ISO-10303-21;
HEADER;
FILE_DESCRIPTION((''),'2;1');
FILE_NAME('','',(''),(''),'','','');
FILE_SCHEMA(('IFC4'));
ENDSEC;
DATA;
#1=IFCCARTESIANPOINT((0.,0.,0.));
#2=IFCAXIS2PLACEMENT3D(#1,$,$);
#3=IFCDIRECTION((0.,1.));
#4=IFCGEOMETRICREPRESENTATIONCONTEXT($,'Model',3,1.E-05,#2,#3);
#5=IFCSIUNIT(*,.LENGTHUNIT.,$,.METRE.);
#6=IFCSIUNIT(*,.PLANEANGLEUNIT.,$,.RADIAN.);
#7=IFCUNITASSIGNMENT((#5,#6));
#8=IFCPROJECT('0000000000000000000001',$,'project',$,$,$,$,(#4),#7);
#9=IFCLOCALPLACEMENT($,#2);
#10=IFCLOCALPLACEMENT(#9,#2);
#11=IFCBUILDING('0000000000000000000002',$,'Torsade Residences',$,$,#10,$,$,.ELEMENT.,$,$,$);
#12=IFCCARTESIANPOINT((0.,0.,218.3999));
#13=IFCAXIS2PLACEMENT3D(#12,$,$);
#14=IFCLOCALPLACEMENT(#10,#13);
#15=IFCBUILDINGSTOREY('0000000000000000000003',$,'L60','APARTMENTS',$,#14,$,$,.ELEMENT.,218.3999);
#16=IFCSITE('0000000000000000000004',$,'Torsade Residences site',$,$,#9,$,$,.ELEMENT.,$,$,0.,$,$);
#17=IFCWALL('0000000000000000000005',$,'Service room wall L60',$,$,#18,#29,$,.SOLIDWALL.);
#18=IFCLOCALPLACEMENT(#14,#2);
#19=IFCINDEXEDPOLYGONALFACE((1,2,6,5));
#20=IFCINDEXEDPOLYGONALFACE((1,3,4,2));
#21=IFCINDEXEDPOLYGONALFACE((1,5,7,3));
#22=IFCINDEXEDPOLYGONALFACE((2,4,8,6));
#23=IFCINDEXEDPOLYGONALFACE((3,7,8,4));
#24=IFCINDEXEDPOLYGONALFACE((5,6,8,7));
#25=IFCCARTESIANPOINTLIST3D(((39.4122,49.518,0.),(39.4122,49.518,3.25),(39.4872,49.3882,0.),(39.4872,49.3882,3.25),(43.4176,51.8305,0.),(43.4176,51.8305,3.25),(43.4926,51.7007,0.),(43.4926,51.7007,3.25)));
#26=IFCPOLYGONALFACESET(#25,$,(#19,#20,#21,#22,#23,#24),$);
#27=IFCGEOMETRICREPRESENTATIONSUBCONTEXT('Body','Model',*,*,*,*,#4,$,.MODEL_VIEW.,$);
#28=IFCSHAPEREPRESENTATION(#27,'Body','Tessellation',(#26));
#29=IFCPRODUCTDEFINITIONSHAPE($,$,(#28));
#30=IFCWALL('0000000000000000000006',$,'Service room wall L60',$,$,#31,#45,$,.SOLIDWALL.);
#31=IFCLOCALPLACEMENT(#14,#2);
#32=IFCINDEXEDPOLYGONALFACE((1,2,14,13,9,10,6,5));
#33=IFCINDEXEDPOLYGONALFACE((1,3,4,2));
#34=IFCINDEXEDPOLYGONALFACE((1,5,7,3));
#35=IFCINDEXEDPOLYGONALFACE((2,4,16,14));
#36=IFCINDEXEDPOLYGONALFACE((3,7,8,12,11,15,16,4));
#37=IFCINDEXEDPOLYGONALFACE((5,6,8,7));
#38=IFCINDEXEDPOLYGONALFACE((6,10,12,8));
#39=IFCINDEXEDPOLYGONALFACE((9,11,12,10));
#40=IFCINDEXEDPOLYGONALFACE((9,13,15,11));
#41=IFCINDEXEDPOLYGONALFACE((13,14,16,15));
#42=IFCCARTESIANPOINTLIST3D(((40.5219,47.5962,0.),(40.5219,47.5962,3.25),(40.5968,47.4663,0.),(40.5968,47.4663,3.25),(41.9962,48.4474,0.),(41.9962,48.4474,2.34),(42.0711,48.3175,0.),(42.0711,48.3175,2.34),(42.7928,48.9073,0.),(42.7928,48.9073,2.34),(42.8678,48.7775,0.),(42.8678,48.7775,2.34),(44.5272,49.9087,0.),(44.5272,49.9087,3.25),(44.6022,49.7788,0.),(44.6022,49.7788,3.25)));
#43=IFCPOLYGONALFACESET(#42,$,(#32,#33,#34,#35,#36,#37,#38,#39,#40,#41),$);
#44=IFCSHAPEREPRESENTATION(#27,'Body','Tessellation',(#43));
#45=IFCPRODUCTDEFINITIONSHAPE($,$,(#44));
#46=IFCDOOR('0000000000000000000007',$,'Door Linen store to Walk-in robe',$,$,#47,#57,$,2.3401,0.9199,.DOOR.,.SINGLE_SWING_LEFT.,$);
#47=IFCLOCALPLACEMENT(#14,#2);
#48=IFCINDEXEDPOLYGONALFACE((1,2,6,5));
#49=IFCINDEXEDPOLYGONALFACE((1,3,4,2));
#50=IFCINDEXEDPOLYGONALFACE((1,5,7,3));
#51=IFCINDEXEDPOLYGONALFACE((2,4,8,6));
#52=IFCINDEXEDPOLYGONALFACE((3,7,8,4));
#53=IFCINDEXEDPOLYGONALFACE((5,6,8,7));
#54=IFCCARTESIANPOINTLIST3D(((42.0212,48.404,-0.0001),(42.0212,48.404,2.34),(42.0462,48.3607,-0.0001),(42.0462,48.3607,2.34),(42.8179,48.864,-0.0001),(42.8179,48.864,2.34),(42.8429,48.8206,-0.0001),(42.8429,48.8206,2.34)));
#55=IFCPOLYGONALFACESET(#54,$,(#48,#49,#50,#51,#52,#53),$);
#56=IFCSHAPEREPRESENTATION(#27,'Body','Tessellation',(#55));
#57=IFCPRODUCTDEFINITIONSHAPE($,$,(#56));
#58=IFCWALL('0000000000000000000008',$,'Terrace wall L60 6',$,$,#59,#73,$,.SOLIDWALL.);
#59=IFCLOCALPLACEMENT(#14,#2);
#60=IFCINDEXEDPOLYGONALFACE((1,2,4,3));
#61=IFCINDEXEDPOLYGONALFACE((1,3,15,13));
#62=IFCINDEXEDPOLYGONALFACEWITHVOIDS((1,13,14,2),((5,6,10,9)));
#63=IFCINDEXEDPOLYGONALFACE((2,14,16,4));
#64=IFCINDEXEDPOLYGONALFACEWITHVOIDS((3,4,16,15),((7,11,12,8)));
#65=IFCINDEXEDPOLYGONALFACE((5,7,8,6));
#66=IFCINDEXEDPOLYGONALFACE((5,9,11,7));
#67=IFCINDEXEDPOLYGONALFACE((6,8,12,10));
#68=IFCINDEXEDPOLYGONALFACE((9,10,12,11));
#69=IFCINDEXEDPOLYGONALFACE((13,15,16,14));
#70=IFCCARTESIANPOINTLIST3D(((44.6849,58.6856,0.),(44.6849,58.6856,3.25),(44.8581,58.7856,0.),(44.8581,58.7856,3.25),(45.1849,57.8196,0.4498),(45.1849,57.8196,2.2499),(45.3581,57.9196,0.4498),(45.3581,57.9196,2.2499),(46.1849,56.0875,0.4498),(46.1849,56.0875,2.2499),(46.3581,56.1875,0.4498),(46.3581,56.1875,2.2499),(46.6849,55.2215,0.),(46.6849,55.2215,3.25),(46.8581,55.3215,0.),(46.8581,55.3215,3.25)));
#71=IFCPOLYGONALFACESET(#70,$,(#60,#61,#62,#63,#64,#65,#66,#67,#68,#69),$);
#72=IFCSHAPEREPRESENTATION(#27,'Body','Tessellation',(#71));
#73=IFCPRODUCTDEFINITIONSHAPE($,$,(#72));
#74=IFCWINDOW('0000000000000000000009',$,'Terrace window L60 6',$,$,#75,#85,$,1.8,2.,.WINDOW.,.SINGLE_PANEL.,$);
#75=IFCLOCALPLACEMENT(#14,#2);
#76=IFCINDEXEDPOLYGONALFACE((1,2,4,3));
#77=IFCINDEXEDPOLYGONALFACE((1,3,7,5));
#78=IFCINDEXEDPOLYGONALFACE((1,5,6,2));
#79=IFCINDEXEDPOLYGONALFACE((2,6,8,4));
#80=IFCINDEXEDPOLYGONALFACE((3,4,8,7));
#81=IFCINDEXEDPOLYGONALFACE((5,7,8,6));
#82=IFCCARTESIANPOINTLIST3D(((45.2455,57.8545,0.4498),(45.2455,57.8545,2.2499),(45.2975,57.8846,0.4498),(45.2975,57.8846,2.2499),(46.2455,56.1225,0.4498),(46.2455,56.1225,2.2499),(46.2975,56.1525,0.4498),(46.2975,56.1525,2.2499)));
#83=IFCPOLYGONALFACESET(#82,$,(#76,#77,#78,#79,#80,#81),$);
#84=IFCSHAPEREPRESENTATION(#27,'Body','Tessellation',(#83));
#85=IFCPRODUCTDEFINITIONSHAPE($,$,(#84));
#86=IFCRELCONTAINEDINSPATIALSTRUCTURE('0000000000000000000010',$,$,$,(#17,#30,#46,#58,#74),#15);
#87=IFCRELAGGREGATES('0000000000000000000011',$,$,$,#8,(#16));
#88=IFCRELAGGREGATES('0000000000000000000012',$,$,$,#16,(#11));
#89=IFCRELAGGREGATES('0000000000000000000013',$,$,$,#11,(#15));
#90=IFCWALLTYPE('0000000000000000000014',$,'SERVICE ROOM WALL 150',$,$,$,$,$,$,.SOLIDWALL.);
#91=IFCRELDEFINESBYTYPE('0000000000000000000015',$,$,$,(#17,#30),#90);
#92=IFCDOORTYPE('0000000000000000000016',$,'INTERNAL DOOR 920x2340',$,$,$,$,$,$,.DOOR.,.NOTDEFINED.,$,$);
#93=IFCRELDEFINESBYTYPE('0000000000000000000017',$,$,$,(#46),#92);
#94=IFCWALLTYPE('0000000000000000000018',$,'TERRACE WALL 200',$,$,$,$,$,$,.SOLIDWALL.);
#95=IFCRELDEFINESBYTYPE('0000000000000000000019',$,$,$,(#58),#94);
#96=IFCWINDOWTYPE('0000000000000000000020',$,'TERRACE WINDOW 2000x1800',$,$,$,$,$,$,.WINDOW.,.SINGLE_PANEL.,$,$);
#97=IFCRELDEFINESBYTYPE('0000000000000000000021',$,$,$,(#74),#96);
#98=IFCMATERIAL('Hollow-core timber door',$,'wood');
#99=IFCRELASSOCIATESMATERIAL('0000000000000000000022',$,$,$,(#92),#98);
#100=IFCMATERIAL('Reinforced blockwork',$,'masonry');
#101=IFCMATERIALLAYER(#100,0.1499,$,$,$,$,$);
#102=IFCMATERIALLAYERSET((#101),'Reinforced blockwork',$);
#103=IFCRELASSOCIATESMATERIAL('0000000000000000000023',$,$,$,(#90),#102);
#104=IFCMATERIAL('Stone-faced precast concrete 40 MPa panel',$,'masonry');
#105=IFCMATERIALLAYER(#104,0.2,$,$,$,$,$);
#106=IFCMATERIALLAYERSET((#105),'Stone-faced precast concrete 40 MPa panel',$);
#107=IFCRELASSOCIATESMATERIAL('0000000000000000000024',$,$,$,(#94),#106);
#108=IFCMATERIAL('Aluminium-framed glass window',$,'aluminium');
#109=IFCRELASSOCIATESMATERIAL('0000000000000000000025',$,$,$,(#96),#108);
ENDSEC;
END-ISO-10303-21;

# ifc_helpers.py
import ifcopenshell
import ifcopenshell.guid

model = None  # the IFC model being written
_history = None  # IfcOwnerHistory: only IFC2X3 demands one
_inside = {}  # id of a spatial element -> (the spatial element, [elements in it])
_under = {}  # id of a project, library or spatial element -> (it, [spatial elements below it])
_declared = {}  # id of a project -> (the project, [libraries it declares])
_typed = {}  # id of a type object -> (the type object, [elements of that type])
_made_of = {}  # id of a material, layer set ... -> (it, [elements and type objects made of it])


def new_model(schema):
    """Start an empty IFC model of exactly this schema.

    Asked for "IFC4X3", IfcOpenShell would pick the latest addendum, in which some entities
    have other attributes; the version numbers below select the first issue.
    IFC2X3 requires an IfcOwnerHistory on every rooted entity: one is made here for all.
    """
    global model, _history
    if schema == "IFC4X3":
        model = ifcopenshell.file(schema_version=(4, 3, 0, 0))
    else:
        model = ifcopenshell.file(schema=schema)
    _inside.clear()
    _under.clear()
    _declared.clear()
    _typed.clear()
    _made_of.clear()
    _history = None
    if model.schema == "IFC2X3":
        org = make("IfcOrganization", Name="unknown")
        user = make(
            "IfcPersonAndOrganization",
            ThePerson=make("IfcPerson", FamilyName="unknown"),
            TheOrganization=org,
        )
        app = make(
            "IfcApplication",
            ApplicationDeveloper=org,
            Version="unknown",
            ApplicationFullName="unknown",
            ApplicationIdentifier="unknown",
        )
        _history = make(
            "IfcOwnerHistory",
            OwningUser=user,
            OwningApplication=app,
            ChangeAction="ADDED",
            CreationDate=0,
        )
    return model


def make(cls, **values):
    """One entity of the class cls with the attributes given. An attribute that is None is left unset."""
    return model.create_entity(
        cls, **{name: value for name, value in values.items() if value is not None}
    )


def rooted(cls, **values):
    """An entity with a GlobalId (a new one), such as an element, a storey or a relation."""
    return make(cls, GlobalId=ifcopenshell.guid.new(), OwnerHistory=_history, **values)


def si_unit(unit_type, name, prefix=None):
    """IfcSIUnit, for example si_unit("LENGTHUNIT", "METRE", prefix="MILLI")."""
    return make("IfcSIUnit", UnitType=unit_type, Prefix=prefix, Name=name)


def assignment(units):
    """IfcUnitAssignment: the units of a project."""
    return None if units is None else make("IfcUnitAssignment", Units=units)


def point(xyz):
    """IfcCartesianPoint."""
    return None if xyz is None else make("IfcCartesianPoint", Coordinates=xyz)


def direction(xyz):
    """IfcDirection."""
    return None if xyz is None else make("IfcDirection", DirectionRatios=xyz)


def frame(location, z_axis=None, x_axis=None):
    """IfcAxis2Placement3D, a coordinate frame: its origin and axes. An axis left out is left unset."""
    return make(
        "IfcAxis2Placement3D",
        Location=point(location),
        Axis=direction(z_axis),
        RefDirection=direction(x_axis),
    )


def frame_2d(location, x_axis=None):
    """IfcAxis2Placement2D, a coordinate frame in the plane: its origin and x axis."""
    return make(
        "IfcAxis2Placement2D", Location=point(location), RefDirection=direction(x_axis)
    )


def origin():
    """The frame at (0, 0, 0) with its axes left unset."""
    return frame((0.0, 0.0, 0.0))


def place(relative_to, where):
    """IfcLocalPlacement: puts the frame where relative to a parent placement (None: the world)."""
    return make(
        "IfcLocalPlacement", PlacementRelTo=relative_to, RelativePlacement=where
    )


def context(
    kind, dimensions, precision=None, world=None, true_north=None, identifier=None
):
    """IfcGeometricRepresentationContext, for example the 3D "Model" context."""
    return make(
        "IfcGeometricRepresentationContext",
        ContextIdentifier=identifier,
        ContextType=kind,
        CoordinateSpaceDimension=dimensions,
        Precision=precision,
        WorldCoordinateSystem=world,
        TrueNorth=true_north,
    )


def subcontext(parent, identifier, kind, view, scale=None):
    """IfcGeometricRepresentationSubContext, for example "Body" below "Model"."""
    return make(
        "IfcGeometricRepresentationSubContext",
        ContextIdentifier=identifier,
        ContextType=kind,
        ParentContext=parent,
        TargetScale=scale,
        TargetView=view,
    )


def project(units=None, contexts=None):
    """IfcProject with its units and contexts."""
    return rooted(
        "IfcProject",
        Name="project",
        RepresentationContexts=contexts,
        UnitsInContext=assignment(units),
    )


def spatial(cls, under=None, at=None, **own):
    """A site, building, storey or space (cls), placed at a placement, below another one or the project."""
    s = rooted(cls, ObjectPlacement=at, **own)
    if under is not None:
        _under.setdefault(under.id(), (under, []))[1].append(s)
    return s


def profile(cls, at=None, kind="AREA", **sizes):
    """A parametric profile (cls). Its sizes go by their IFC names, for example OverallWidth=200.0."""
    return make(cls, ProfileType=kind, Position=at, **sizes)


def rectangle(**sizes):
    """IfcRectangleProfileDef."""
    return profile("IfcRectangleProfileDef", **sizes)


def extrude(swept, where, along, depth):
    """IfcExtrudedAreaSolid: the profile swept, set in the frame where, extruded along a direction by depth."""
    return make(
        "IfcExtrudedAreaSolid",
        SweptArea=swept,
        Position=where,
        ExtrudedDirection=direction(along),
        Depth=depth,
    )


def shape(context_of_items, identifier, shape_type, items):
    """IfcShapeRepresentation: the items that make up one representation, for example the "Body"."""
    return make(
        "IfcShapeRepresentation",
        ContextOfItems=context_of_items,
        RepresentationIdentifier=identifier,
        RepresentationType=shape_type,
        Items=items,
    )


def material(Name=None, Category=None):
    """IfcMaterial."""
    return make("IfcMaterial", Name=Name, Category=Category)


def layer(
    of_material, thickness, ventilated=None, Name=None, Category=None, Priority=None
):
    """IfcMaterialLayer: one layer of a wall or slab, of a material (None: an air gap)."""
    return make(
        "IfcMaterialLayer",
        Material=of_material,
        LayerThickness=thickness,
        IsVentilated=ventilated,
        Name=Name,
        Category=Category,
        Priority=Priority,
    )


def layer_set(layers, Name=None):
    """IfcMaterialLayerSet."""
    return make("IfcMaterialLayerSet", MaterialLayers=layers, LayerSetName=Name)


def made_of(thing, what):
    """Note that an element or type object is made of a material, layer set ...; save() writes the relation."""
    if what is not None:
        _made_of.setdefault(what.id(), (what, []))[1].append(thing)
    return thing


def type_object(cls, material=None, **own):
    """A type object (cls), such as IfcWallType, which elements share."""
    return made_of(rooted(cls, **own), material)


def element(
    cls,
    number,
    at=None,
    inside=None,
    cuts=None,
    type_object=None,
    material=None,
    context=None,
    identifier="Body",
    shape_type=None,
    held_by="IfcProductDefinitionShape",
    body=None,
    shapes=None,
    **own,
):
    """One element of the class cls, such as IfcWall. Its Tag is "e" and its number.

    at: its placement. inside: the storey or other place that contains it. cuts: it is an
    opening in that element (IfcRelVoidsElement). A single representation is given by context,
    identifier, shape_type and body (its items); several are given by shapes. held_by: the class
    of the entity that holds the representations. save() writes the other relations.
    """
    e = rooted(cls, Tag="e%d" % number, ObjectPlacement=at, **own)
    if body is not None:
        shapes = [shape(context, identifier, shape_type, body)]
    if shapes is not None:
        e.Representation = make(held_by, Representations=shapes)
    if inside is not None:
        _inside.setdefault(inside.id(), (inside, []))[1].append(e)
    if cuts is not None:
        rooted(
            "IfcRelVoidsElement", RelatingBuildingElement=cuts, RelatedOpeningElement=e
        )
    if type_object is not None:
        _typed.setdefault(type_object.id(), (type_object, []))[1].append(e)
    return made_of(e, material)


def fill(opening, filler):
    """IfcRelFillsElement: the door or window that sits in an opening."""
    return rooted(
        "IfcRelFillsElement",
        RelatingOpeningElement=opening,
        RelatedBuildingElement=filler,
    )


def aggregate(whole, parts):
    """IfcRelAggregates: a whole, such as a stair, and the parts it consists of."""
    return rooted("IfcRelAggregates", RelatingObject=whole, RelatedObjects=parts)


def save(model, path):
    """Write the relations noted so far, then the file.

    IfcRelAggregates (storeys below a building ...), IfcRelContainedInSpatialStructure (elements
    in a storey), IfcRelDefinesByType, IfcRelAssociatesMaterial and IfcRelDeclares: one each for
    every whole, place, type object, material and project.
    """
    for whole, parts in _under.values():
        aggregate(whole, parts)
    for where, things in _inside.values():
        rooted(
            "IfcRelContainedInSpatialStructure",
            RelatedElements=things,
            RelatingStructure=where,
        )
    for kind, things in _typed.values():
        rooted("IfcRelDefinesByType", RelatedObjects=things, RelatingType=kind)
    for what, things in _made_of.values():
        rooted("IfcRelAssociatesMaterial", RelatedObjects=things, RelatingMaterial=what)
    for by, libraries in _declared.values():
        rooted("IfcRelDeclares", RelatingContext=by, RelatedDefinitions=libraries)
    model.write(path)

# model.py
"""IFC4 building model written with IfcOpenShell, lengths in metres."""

from ifc_helpers import new_model, si_unit, direction, frame, frame_2d, origin, place, context, subcontext, project, spatial, rectangle, extrude, material, layer, layer_set, type_object, element, fill, save


model = new_model("IFC4")

# Units and contexts
model_context = context("Model", 3, precision=1e-05, world=origin(), true_north=direction((0.0, 1.0)))
body_context = subcontext(model_context, "Body", "Model", "MODEL_VIEW")
ifc_project = project(units=[si_unit("LENGTHUNIT", "METRE"), si_unit("PLANEANGLEUNIT", "RADIAN")], contexts=[model_context])

# Site, building, storey
site_placement = place(None, origin())
site = spatial("IfcSite", under=ifc_project, at=site_placement, Name="Torsade Residences site", CompositionType="ELEMENT", RefElevation=0.0)
building_placement = place(site_placement, origin())
building = spatial("IfcBuilding", under=site, at=building_placement, Name="Torsade Residences", CompositionType="ELEMENT")
storey_placement = place(building_placement, frame((0.0, 0.0, 218.3999)))
storey = spatial("IfcBuildingStorey", under=building, at=storey_placement, Name="L60", Description="APARTMENTS", CompositionType="ELEMENT", Elevation=218.3999)

# Shared definitions
ifc_material_1 = material(Name="Hollow-core timber door", Category="wood")
door_type_1 = type_object("IfcDoorType", Name="INTERNAL DOOR 920x2340", OperationType="NOTDEFINED", PredefinedType="DOOR", material=ifc_material_1)

# Shared definitions
ifc_material_2 = material(Name="Reinforced blockwork", Category="masonry")
ifc_layer_1 = layer(ifc_material_2, 0.1499)
ifc_layer_set_1 = layer_set([ifc_layer_1], Name="Reinforced blockwork")
wall_type_1 = type_object("IfcWallType", Name="SERVICE ROOM WALL 150", PredefinedType="SOLIDWALL", material=ifc_layer_set_1)

# Wall
wall_1_placement = place(storey_placement, frame((43.4551, 51.7656, 0.0), z_axis=(0.0, 0.0, 1.0), x_axis=(-0.866026, -0.5, 0.0)))
element("IfcWall", 1, at=wall_1_placement, inside=storey, type_object=wall_type_1, Name="Service room wall L60", PredefinedType="SOLIDWALL", context=body_context, shape_type="SweptSolid", body=[
    extrude(rectangle(XDim=4.625, YDim=0.1499, at=frame_2d((2.3125, 0.0))), origin(), (0.0, 0.0, 1.0), 3.25),
])

# Wall, opening, door
wall_2_placement = place(storey_placement, frame((40.5593, 47.5312, 0.0), z_axis=(0.0, 0.0, 1.0), x_axis=(0.866026, 0.5, 0.0)))
wall_2 = element("IfcWall", 2, at=wall_2_placement, inside=storey, type_object=wall_type_1, Name="Service room wall L60", PredefinedType="SOLIDWALL", context=body_context, shape_type="SweptSolid", body=[
    extrude(rectangle(XDim=4.625, YDim=0.1499, at=frame_2d((2.3125, 0.0))), origin(), (0.0, 0.0, 1.0), 3.25),
])
opening_1_placement = place(wall_2_placement, frame((1.7024, 0.0, 0.0)))
opening_1 = element("IfcOpeningElement", 3, at=opening_1_placement, cuts=wall_2, PredefinedType="OPENING", context=body_context, shape_type="SweptSolid", body=[
    extrude(rectangle(XDim=0.9199, YDim=2.3401, at=frame_2d((0.46, 1.1699))), frame((0.0, 0.085, 0.0), z_axis=(0.0, -1.0, 0.0), x_axis=(1.0, 0.0, 0.0)), (0.0, 0.0, 1.0), 0.1699),
])
door_1_placement = place(opening_1_placement, origin())
door_1 = element("IfcDoor", 4, at=door_1_placement, inside=storey, type_object=door_type_1, Name="Door Linen store to Walk-in robe", OperationType="SINGLE_SWING_LEFT", OverallHeight=2.3401, OverallWidth=0.9199, PredefinedType="DOOR", context=body_context, shape_type="SweptSolid", body=[
    extrude(rectangle(XDim=0.9199, YDim=2.3401, at=frame_2d((0.46, 1.1699))), frame((0.0, 0.0249, 0.0), z_axis=(0.0, -1.0, 0.0), x_axis=(1.0, 0.0, 0.0)), (0.0, 0.0, 1.0), 0.05),
])
fill(opening_1, door_1)

# Wall, opening, window
ifc_material_3 = material(Name="Stone-faced precast concrete 40 MPa panel", Category="masonry")
ifc_layer_2 = layer(ifc_material_3, 0.2)
ifc_layer_set_2 = layer_set([ifc_layer_2], Name="Stone-faced precast concrete 40 MPa panel")
wall_type_2 = type_object("IfcWallType", Name="TERRACE WALL 200", PredefinedType="SOLIDWALL", material=ifc_layer_set_2)
wall_3_placement = place(storey_placement, frame((46.7715, 55.2715, 0.0), z_axis=(0.0, 0.0, 1.0), x_axis=(-0.499999, 0.866026, 0.0)))
wall_3 = element("IfcWall", 5, at=wall_3_placement, inside=storey, type_object=wall_type_2, Name="Terrace wall L60 6", PredefinedType="SOLIDWALL", context=body_context, shape_type="SweptSolid", body=[
    extrude(rectangle(XDim=4.0, YDim=0.2, at=frame_2d((2.0, 0.0))), origin(), (0.0, 0.0, 1.0), 3.25),
])
opening_2_placement = place(wall_3_placement, frame((1.0, 0.0, 0.45)))
opening_2 = element("IfcOpeningElement", 6, at=opening_2_placement, cuts=wall_3, PredefinedType="OPENING", context=body_context, shape_type="SweptSolid", body=[
    extrude(rectangle(XDim=2.0, YDim=1.8, at=frame_2d((1.0, 0.8999))), frame((0.0, 0.1099, 0.0), z_axis=(0.0, -1.0, 0.0), x_axis=(1.0, 0.0, 0.0)), (0.0, 0.0, 1.0), 0.22),
])
ifc_material_4 = material(Name="Aluminium-framed glass window", Category="aluminium")
window_type = type_object("IfcWindowType", Name="TERRACE WINDOW 2000x1800", PartitioningType="SINGLE_PANEL", PredefinedType="WINDOW", material=ifc_material_4)
window_placement = place(opening_2_placement, origin())
window = element("IfcWindow", 7, at=window_placement, inside=storey, type_object=window_type, Name="Terrace window L60 6", OverallHeight=1.8, OverallWidth=2.0, PartitioningType="SINGLE_PANEL", PredefinedType="WINDOW", context=body_context, shape_type="SweptSolid", body=[
    extrude(rectangle(XDim=2.0, YDim=1.8, at=frame_2d((1.0, 0.8999))), frame((0.0, 0.03, 0.0), z_axis=(0.0, -1.0, 0.0), x_axis=(1.0, 0.0, 0.0)), (0.0, 0.0, 1.0), 0.0601),
])
fill(opening_2, window)

save(model, "model.ifc")
